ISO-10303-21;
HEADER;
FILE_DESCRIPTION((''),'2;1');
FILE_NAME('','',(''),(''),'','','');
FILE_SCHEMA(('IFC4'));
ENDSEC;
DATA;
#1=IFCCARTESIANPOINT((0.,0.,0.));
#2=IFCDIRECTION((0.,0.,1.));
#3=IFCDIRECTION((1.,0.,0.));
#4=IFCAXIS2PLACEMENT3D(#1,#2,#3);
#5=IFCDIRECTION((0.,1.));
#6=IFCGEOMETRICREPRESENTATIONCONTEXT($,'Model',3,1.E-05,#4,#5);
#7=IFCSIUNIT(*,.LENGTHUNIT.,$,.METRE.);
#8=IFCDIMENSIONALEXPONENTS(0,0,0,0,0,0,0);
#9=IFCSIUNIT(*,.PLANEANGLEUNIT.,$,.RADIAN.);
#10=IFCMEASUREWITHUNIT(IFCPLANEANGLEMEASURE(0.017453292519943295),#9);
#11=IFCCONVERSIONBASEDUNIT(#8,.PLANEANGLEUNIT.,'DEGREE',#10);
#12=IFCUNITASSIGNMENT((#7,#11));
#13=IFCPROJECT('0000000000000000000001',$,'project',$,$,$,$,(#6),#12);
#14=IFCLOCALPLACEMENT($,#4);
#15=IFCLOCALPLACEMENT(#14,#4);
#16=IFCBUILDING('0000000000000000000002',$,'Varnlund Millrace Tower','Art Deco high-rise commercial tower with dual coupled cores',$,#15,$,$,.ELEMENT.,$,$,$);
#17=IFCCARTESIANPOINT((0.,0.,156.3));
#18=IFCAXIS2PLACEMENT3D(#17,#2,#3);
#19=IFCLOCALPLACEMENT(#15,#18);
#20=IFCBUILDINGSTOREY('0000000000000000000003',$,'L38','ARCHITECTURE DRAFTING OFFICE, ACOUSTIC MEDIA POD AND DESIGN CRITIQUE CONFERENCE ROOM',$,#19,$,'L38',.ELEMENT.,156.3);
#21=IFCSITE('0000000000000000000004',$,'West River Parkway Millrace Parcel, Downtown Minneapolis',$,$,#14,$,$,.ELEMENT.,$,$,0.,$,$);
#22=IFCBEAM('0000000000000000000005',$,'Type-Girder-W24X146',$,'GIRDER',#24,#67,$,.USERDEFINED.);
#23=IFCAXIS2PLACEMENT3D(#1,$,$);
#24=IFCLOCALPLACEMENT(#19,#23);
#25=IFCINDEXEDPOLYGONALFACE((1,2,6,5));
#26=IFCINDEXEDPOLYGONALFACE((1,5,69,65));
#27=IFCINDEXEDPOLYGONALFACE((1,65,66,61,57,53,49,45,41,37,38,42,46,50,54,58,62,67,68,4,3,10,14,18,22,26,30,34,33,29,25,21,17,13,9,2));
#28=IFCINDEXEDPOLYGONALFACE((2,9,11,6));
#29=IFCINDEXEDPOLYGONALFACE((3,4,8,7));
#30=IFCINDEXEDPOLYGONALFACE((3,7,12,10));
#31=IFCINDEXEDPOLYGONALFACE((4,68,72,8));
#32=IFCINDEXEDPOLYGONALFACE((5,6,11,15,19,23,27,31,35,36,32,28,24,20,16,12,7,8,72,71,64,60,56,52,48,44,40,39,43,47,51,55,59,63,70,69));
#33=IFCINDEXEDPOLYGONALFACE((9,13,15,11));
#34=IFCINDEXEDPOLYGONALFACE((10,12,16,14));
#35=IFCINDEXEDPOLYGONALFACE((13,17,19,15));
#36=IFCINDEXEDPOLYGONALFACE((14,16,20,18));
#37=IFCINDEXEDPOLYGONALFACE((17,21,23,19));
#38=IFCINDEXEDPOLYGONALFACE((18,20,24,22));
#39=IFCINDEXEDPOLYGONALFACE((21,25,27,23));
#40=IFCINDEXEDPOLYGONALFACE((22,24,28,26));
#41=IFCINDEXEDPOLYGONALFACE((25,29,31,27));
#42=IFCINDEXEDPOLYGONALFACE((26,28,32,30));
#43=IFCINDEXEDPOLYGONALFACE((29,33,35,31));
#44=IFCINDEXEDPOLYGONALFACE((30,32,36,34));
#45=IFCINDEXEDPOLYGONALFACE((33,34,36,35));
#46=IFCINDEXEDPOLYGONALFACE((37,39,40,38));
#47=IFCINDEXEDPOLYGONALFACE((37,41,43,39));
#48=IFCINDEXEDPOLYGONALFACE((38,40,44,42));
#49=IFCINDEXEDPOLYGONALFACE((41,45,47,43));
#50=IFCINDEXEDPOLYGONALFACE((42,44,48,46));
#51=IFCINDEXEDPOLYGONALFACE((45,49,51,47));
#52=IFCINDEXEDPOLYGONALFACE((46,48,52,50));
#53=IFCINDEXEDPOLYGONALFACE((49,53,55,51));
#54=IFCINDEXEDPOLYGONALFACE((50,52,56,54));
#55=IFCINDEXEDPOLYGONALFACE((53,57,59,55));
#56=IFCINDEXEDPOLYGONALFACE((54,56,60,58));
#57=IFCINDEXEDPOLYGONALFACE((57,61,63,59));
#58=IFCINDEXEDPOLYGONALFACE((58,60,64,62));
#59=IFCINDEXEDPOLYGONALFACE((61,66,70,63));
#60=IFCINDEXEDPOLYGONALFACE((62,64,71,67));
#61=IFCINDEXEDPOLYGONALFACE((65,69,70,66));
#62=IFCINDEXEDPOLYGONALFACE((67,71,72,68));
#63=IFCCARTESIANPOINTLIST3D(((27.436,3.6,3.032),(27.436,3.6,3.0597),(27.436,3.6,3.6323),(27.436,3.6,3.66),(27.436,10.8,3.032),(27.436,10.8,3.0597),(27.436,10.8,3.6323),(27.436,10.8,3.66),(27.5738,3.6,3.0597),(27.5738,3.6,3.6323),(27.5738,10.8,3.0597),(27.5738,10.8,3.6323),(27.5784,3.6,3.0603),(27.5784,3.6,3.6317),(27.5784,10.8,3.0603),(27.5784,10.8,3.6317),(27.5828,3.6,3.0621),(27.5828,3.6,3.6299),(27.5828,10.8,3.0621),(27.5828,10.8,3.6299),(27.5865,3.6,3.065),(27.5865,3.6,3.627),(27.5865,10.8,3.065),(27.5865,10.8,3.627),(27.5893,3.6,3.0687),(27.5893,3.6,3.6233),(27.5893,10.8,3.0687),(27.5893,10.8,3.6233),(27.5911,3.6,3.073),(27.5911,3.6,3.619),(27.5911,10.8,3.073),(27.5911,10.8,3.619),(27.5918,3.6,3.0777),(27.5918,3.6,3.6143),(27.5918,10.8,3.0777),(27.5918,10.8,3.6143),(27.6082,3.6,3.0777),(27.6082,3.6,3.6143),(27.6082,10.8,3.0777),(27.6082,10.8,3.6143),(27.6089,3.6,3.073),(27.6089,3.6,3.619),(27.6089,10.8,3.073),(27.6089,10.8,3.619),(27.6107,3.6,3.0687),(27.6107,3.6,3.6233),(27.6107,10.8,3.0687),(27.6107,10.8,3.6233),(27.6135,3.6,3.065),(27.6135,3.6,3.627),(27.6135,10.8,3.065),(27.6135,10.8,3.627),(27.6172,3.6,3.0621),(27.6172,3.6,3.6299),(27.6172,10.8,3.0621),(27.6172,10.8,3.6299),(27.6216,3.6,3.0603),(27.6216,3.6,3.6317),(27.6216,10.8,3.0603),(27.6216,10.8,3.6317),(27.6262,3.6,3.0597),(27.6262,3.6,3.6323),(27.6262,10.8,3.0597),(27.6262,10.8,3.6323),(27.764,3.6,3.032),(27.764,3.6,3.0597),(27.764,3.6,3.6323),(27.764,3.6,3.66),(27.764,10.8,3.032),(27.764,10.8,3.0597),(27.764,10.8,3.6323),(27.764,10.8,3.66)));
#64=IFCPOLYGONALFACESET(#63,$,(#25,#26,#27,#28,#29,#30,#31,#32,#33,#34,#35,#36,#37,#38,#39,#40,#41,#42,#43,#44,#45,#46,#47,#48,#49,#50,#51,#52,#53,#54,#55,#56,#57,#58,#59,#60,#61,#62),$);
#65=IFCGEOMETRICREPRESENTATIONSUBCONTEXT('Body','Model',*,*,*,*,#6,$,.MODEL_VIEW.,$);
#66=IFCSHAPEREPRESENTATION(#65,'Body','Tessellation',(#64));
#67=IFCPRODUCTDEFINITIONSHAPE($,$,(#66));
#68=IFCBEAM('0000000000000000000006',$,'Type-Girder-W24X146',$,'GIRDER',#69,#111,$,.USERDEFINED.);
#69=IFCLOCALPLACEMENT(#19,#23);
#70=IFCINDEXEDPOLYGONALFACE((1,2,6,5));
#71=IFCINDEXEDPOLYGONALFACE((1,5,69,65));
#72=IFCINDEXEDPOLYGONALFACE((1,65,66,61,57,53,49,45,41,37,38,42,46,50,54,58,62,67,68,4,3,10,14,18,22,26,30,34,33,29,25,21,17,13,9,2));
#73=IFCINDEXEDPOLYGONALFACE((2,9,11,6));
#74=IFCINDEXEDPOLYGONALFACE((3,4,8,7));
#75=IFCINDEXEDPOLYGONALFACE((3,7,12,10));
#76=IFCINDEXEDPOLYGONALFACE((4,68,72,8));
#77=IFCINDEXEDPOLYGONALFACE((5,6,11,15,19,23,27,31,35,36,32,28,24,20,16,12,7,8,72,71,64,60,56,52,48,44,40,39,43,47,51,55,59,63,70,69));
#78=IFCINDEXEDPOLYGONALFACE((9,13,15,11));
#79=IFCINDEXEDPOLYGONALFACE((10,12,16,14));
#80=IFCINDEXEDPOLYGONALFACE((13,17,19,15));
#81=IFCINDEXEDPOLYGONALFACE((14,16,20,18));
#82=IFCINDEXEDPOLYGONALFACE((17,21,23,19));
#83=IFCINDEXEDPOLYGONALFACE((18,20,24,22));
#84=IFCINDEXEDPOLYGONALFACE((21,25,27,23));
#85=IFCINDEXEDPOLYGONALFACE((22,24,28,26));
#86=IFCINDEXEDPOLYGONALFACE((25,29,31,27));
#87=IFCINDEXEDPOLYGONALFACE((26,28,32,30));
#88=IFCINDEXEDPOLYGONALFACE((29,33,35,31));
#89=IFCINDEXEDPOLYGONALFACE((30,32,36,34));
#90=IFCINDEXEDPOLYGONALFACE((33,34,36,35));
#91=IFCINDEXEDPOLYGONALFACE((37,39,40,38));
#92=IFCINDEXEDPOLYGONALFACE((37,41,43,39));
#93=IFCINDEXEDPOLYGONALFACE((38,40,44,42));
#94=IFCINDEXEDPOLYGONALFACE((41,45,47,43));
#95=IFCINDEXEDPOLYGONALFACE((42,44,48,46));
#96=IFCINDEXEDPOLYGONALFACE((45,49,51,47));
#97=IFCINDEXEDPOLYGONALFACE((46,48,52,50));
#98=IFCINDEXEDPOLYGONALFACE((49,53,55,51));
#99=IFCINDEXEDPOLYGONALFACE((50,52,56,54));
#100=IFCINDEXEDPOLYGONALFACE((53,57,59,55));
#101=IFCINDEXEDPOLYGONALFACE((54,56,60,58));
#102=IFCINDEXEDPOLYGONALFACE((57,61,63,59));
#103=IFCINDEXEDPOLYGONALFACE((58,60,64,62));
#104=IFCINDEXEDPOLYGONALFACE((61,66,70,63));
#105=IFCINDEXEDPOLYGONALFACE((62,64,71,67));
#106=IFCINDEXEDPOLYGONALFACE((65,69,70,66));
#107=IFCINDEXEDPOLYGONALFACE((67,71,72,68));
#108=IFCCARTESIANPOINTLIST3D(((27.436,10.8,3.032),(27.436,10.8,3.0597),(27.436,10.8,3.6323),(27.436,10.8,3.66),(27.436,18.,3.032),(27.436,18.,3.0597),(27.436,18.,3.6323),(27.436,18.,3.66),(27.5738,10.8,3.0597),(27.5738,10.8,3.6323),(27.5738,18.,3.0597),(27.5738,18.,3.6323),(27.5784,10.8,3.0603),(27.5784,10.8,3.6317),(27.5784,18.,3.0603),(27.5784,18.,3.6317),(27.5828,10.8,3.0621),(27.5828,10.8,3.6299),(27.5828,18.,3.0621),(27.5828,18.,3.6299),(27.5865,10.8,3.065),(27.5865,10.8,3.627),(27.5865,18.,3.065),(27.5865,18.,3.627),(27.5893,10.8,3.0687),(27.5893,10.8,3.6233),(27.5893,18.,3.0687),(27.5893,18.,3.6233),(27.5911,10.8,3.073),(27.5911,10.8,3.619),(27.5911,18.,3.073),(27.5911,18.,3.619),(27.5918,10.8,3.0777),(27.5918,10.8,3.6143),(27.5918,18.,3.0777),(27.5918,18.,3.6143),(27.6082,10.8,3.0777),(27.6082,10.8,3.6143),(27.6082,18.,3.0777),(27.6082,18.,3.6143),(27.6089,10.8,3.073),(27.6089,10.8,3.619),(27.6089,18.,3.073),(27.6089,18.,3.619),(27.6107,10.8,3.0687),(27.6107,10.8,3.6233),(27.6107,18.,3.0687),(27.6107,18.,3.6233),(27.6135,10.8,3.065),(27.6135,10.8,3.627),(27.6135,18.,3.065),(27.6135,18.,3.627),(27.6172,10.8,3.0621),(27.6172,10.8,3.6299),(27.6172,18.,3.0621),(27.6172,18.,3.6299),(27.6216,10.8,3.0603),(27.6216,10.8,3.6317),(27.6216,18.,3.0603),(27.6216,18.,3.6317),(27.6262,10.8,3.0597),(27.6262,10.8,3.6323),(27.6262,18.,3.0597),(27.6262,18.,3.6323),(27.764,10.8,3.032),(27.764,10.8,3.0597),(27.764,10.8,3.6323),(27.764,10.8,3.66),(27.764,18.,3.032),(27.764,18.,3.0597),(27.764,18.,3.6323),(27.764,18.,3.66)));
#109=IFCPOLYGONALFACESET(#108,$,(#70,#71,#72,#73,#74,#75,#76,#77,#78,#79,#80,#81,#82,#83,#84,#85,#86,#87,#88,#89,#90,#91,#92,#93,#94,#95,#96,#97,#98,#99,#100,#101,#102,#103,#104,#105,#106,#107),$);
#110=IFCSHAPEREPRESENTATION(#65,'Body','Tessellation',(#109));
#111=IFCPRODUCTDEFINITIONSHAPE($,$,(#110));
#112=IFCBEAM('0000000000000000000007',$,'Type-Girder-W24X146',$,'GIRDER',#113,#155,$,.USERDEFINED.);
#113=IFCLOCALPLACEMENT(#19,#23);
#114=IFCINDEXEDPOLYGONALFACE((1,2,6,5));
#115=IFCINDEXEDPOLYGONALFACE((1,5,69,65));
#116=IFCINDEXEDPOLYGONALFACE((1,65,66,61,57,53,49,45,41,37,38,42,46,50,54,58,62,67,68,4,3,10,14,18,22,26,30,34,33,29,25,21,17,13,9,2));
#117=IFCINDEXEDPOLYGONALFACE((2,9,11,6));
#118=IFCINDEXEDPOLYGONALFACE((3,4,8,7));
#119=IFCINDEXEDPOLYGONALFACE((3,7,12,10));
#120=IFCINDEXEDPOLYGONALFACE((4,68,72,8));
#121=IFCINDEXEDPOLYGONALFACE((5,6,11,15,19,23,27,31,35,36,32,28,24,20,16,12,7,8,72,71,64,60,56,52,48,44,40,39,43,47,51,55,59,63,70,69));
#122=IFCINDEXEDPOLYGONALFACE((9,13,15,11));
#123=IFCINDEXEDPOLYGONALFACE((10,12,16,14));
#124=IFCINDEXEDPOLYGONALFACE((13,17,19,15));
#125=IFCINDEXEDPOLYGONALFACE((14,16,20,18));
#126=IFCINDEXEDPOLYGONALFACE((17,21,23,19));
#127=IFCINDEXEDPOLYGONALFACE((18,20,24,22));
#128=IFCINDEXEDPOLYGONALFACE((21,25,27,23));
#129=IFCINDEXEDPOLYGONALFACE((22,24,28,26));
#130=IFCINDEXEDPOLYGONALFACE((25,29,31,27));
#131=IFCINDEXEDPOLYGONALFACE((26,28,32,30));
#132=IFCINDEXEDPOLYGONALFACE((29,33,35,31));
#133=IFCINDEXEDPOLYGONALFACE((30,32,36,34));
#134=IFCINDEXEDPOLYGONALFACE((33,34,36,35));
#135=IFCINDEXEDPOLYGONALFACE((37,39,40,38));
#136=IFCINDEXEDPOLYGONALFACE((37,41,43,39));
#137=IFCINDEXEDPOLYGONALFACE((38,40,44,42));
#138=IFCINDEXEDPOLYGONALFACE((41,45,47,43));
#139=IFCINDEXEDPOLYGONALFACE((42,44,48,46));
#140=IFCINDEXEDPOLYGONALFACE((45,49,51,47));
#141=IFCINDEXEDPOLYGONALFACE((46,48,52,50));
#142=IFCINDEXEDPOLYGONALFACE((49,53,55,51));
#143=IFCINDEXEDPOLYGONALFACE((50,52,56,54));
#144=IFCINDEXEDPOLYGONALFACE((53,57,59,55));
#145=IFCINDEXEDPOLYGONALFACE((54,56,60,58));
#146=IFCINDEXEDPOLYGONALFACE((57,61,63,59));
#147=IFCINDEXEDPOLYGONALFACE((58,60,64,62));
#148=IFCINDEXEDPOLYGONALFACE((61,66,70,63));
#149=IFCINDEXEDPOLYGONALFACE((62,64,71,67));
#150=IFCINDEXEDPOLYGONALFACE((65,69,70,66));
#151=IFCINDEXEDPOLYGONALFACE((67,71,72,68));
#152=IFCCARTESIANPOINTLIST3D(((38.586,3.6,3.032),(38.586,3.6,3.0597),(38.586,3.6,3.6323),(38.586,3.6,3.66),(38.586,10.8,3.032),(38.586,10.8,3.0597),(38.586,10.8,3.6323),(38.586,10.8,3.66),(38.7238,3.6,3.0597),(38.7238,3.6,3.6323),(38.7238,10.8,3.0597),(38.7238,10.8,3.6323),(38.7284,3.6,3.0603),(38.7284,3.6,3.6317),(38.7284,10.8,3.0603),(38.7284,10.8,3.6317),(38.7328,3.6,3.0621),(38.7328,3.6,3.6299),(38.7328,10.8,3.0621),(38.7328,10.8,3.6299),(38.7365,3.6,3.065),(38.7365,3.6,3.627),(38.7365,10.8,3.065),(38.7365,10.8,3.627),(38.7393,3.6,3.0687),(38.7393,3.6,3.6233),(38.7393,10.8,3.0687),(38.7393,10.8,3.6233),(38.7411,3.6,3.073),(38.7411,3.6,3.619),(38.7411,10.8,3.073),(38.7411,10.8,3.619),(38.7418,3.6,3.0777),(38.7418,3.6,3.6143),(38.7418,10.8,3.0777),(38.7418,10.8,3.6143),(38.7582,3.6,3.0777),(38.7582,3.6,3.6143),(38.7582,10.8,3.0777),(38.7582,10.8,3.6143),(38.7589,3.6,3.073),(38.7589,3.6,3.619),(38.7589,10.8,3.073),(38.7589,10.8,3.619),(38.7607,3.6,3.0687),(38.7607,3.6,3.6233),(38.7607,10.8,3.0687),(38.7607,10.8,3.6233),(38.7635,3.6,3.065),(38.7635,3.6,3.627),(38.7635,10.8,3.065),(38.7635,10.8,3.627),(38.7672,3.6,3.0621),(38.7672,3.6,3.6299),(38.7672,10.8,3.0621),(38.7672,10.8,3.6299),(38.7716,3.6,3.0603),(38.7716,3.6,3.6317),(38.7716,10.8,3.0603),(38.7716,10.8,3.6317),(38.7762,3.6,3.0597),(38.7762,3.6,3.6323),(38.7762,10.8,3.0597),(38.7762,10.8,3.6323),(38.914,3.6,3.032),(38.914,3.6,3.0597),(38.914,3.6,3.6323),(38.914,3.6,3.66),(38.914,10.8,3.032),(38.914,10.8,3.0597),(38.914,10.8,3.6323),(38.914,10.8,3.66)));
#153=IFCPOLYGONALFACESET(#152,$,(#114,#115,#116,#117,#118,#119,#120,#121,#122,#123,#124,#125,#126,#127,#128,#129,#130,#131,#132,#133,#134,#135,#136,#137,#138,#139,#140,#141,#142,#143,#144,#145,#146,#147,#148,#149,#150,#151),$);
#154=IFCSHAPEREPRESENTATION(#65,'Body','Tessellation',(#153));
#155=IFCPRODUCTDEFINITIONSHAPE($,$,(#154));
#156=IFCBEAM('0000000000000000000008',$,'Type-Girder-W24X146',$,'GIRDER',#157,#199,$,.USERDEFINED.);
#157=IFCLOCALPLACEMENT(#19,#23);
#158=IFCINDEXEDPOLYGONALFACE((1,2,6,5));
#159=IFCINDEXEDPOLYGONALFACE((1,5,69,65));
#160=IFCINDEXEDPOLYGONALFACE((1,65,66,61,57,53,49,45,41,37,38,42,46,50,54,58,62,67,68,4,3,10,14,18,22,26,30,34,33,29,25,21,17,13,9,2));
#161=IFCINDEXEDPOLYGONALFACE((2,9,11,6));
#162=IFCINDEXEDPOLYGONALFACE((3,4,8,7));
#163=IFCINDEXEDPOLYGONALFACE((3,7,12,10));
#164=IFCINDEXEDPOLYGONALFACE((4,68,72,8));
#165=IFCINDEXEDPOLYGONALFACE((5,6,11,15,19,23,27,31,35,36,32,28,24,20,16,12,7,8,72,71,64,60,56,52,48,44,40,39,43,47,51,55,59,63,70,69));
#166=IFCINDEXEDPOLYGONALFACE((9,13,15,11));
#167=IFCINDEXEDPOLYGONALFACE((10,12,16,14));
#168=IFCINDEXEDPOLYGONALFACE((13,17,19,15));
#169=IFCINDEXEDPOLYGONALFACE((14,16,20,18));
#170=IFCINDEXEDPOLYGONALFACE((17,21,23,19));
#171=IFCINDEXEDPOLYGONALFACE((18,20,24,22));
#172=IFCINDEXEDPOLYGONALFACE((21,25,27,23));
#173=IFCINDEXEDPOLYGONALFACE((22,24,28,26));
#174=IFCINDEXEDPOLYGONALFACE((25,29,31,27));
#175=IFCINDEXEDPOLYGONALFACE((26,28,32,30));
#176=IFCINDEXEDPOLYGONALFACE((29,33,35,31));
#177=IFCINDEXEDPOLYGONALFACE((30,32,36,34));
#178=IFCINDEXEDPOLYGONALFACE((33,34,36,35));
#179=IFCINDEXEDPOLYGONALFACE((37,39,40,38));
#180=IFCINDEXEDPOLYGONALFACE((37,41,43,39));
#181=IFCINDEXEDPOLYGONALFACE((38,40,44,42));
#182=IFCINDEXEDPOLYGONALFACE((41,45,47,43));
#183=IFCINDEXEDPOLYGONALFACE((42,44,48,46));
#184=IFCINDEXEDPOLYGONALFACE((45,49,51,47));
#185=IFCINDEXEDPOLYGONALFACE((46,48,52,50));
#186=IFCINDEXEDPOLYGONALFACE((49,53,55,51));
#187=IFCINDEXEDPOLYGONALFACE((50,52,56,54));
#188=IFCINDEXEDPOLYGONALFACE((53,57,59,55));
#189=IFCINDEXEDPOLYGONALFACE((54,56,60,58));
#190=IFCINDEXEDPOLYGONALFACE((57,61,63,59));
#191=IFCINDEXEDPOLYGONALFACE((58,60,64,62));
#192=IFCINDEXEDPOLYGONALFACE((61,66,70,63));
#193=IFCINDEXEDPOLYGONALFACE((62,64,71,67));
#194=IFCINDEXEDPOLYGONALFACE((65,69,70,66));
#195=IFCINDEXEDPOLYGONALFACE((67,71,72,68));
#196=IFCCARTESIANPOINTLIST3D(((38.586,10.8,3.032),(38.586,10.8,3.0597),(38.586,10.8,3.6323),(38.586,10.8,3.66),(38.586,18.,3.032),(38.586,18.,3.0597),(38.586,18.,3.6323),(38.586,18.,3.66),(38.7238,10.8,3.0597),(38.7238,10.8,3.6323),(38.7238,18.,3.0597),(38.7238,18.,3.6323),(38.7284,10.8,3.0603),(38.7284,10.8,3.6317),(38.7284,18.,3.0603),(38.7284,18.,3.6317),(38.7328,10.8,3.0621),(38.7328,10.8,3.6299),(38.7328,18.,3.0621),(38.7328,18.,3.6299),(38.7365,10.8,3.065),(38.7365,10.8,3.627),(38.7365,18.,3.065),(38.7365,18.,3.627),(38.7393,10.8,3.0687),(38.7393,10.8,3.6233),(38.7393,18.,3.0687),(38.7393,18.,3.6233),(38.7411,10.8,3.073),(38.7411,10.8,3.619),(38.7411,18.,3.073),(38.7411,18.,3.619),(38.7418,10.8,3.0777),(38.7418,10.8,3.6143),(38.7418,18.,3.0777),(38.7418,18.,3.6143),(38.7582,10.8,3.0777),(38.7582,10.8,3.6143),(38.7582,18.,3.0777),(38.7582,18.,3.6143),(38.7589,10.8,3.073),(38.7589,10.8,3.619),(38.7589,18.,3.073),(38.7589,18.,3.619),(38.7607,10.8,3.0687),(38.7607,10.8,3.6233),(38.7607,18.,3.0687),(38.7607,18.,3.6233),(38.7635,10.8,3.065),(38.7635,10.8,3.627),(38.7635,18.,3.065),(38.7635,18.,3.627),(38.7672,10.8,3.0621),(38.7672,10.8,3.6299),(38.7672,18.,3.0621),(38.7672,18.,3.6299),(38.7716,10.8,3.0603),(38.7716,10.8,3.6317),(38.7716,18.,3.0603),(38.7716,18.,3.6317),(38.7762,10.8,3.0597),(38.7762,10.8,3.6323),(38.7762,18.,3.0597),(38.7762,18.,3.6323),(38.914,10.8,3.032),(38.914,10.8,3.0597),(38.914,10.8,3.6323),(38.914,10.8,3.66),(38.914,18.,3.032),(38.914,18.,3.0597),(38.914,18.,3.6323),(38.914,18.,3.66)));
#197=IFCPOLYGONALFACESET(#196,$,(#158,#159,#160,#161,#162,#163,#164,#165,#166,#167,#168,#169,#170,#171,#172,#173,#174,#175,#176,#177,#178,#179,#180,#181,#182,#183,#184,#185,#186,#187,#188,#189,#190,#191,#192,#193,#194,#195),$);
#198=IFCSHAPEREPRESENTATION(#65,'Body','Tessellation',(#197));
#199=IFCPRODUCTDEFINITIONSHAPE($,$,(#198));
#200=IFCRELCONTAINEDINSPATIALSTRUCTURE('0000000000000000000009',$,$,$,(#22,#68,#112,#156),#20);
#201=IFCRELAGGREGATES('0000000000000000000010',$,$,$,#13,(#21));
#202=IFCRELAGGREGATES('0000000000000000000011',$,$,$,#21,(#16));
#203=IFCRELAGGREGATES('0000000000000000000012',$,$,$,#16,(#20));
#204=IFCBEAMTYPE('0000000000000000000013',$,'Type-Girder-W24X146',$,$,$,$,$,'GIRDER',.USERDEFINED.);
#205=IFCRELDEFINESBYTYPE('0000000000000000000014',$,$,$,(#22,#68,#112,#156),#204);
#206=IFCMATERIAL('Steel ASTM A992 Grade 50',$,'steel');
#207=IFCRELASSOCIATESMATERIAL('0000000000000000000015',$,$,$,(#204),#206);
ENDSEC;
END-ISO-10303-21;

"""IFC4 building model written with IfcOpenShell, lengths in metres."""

from ifc_helpers import new_model, entity, si_unit, converted_unit, direction, frame, origin_with_axes, origin_2d_with_axis, place, context, subcontext, project, spatial, i_section, extrude, material, material_profile, profile_set, type_object, element, save


model = new_model("IFC4")

# Units and contexts
model_context = context("Model", 3, precision=1e-05, world=origin_with_axes(), true_north=direction((0.0, 1.0)))
body_context = subcontext(model_context, "Body", "Model", "MODEL_VIEW")
ifc_project = project(units=[si_unit("LENGTHUNIT", "METRE"), converted_unit("PLANEANGLEUNIT", "DEGREE", entity("IfcPlaneAngleMeasure", 0.017453292519943295), si_unit("PLANEANGLEUNIT", "RADIAN"), dimensions=[0, 0, 0, 0, 0, 0, 0])], contexts=[model_context])

# Site, building, storey
site_placement = place(None, origin_with_axes())
site = spatial("IfcSite", under=ifc_project, at=site_placement, Name="West River Parkway Millrace Parcel, Downtown Minneapolis", CompositionType="ELEMENT", RefElevation=0.0)
building_placement = place(site_placement, origin_with_axes())
building = spatial("IfcBuilding", under=site, at=building_placement, Name="Varnlund Millrace Tower", Description="Art Deco high-rise commercial tower with dual coupled cores", CompositionType="ELEMENT")
storey_placement = place(building_placement, frame((0.0, 0.0, 156.3), z_axis=(0.0, 0.0, 1.0), x_axis=(1.0, 0.0, 0.0)))
storey = spatial("IfcBuildingStorey", under=building, at=storey_placement, Name="L38", Description="ARCHITECTURE DRAFTING OFFICE, ACOUSTIC MEDIA POD AND DESIGN CRITIQUE CONFERENCE ROOM", LongName="L38", CompositionType="ELEMENT", Elevation=156.3)

# Beams
ifc_material_1 = material(Name="Steel ASTM A992 Grade 50", Category="steel")
ifc_material_profile_1 = material_profile(ifc_material_1, i_section(OverallWidth=0.328, OverallDepth=0.628, WebThickness=0.0165, FlangeThickness=0.0277, FilletRadius=0.018, at=origin_2d_with_axis()), Name="Steel ASTM A992 Grade 50")
ifc_profile_set_1 = profile_set([ifc_material_profile_1], Name="Steel ASTM A992 Grade 50")
beam_type_1 = type_object("IfcBeamType", Name="Type-Girder-W24X146", ElementType="GIRDER", PredefinedType="USERDEFINED", material=ifc_profile_set_1)
for number, where, z_axis, x_axis, name in (
    (1, (27.6, 3.6, 3.346), (0.0, 1.0, 0.0), (-1.0, 0.0, 0.0), "Type-Girder-W24X146"),
    (2, (27.6, 10.8, 3.346), (0.0, 1.0, 0.0), (-1.0, 0.0, 0.0), "Type-Girder-W24X146"),
    (3, (38.75, 3.6, 3.346), (0.0, 1.0, 0.0), (-1.0, 0.0, 0.0), "Type-Girder-W24X146"),
    (4, (38.75, 10.8, 3.346), (0.0, 1.0, 0.0), (-1.0, 0.0, 0.0), "Type-Girder-W24X146"),
):
    element("IfcBeam", number, at=place(storey_placement, frame(where, z_axis=z_axis, x_axis=x_axis)), inside=storey, type_object=beam_type_1, Name=name, ObjectType="GIRDER", PredefinedType="USERDEFINED", context=body_context, shape_type="SweptSolid", body=[
        extrude(i_section(OverallWidth=0.328, OverallDepth=0.628, WebThickness=0.0165, FlangeThickness=0.0277, FilletRadius=0.018, at=origin_2d_with_axis()), origin_with_axes(), (0.0, 0.0, 1.0), 7.2),
    ])

save(model, "model.ifc")
